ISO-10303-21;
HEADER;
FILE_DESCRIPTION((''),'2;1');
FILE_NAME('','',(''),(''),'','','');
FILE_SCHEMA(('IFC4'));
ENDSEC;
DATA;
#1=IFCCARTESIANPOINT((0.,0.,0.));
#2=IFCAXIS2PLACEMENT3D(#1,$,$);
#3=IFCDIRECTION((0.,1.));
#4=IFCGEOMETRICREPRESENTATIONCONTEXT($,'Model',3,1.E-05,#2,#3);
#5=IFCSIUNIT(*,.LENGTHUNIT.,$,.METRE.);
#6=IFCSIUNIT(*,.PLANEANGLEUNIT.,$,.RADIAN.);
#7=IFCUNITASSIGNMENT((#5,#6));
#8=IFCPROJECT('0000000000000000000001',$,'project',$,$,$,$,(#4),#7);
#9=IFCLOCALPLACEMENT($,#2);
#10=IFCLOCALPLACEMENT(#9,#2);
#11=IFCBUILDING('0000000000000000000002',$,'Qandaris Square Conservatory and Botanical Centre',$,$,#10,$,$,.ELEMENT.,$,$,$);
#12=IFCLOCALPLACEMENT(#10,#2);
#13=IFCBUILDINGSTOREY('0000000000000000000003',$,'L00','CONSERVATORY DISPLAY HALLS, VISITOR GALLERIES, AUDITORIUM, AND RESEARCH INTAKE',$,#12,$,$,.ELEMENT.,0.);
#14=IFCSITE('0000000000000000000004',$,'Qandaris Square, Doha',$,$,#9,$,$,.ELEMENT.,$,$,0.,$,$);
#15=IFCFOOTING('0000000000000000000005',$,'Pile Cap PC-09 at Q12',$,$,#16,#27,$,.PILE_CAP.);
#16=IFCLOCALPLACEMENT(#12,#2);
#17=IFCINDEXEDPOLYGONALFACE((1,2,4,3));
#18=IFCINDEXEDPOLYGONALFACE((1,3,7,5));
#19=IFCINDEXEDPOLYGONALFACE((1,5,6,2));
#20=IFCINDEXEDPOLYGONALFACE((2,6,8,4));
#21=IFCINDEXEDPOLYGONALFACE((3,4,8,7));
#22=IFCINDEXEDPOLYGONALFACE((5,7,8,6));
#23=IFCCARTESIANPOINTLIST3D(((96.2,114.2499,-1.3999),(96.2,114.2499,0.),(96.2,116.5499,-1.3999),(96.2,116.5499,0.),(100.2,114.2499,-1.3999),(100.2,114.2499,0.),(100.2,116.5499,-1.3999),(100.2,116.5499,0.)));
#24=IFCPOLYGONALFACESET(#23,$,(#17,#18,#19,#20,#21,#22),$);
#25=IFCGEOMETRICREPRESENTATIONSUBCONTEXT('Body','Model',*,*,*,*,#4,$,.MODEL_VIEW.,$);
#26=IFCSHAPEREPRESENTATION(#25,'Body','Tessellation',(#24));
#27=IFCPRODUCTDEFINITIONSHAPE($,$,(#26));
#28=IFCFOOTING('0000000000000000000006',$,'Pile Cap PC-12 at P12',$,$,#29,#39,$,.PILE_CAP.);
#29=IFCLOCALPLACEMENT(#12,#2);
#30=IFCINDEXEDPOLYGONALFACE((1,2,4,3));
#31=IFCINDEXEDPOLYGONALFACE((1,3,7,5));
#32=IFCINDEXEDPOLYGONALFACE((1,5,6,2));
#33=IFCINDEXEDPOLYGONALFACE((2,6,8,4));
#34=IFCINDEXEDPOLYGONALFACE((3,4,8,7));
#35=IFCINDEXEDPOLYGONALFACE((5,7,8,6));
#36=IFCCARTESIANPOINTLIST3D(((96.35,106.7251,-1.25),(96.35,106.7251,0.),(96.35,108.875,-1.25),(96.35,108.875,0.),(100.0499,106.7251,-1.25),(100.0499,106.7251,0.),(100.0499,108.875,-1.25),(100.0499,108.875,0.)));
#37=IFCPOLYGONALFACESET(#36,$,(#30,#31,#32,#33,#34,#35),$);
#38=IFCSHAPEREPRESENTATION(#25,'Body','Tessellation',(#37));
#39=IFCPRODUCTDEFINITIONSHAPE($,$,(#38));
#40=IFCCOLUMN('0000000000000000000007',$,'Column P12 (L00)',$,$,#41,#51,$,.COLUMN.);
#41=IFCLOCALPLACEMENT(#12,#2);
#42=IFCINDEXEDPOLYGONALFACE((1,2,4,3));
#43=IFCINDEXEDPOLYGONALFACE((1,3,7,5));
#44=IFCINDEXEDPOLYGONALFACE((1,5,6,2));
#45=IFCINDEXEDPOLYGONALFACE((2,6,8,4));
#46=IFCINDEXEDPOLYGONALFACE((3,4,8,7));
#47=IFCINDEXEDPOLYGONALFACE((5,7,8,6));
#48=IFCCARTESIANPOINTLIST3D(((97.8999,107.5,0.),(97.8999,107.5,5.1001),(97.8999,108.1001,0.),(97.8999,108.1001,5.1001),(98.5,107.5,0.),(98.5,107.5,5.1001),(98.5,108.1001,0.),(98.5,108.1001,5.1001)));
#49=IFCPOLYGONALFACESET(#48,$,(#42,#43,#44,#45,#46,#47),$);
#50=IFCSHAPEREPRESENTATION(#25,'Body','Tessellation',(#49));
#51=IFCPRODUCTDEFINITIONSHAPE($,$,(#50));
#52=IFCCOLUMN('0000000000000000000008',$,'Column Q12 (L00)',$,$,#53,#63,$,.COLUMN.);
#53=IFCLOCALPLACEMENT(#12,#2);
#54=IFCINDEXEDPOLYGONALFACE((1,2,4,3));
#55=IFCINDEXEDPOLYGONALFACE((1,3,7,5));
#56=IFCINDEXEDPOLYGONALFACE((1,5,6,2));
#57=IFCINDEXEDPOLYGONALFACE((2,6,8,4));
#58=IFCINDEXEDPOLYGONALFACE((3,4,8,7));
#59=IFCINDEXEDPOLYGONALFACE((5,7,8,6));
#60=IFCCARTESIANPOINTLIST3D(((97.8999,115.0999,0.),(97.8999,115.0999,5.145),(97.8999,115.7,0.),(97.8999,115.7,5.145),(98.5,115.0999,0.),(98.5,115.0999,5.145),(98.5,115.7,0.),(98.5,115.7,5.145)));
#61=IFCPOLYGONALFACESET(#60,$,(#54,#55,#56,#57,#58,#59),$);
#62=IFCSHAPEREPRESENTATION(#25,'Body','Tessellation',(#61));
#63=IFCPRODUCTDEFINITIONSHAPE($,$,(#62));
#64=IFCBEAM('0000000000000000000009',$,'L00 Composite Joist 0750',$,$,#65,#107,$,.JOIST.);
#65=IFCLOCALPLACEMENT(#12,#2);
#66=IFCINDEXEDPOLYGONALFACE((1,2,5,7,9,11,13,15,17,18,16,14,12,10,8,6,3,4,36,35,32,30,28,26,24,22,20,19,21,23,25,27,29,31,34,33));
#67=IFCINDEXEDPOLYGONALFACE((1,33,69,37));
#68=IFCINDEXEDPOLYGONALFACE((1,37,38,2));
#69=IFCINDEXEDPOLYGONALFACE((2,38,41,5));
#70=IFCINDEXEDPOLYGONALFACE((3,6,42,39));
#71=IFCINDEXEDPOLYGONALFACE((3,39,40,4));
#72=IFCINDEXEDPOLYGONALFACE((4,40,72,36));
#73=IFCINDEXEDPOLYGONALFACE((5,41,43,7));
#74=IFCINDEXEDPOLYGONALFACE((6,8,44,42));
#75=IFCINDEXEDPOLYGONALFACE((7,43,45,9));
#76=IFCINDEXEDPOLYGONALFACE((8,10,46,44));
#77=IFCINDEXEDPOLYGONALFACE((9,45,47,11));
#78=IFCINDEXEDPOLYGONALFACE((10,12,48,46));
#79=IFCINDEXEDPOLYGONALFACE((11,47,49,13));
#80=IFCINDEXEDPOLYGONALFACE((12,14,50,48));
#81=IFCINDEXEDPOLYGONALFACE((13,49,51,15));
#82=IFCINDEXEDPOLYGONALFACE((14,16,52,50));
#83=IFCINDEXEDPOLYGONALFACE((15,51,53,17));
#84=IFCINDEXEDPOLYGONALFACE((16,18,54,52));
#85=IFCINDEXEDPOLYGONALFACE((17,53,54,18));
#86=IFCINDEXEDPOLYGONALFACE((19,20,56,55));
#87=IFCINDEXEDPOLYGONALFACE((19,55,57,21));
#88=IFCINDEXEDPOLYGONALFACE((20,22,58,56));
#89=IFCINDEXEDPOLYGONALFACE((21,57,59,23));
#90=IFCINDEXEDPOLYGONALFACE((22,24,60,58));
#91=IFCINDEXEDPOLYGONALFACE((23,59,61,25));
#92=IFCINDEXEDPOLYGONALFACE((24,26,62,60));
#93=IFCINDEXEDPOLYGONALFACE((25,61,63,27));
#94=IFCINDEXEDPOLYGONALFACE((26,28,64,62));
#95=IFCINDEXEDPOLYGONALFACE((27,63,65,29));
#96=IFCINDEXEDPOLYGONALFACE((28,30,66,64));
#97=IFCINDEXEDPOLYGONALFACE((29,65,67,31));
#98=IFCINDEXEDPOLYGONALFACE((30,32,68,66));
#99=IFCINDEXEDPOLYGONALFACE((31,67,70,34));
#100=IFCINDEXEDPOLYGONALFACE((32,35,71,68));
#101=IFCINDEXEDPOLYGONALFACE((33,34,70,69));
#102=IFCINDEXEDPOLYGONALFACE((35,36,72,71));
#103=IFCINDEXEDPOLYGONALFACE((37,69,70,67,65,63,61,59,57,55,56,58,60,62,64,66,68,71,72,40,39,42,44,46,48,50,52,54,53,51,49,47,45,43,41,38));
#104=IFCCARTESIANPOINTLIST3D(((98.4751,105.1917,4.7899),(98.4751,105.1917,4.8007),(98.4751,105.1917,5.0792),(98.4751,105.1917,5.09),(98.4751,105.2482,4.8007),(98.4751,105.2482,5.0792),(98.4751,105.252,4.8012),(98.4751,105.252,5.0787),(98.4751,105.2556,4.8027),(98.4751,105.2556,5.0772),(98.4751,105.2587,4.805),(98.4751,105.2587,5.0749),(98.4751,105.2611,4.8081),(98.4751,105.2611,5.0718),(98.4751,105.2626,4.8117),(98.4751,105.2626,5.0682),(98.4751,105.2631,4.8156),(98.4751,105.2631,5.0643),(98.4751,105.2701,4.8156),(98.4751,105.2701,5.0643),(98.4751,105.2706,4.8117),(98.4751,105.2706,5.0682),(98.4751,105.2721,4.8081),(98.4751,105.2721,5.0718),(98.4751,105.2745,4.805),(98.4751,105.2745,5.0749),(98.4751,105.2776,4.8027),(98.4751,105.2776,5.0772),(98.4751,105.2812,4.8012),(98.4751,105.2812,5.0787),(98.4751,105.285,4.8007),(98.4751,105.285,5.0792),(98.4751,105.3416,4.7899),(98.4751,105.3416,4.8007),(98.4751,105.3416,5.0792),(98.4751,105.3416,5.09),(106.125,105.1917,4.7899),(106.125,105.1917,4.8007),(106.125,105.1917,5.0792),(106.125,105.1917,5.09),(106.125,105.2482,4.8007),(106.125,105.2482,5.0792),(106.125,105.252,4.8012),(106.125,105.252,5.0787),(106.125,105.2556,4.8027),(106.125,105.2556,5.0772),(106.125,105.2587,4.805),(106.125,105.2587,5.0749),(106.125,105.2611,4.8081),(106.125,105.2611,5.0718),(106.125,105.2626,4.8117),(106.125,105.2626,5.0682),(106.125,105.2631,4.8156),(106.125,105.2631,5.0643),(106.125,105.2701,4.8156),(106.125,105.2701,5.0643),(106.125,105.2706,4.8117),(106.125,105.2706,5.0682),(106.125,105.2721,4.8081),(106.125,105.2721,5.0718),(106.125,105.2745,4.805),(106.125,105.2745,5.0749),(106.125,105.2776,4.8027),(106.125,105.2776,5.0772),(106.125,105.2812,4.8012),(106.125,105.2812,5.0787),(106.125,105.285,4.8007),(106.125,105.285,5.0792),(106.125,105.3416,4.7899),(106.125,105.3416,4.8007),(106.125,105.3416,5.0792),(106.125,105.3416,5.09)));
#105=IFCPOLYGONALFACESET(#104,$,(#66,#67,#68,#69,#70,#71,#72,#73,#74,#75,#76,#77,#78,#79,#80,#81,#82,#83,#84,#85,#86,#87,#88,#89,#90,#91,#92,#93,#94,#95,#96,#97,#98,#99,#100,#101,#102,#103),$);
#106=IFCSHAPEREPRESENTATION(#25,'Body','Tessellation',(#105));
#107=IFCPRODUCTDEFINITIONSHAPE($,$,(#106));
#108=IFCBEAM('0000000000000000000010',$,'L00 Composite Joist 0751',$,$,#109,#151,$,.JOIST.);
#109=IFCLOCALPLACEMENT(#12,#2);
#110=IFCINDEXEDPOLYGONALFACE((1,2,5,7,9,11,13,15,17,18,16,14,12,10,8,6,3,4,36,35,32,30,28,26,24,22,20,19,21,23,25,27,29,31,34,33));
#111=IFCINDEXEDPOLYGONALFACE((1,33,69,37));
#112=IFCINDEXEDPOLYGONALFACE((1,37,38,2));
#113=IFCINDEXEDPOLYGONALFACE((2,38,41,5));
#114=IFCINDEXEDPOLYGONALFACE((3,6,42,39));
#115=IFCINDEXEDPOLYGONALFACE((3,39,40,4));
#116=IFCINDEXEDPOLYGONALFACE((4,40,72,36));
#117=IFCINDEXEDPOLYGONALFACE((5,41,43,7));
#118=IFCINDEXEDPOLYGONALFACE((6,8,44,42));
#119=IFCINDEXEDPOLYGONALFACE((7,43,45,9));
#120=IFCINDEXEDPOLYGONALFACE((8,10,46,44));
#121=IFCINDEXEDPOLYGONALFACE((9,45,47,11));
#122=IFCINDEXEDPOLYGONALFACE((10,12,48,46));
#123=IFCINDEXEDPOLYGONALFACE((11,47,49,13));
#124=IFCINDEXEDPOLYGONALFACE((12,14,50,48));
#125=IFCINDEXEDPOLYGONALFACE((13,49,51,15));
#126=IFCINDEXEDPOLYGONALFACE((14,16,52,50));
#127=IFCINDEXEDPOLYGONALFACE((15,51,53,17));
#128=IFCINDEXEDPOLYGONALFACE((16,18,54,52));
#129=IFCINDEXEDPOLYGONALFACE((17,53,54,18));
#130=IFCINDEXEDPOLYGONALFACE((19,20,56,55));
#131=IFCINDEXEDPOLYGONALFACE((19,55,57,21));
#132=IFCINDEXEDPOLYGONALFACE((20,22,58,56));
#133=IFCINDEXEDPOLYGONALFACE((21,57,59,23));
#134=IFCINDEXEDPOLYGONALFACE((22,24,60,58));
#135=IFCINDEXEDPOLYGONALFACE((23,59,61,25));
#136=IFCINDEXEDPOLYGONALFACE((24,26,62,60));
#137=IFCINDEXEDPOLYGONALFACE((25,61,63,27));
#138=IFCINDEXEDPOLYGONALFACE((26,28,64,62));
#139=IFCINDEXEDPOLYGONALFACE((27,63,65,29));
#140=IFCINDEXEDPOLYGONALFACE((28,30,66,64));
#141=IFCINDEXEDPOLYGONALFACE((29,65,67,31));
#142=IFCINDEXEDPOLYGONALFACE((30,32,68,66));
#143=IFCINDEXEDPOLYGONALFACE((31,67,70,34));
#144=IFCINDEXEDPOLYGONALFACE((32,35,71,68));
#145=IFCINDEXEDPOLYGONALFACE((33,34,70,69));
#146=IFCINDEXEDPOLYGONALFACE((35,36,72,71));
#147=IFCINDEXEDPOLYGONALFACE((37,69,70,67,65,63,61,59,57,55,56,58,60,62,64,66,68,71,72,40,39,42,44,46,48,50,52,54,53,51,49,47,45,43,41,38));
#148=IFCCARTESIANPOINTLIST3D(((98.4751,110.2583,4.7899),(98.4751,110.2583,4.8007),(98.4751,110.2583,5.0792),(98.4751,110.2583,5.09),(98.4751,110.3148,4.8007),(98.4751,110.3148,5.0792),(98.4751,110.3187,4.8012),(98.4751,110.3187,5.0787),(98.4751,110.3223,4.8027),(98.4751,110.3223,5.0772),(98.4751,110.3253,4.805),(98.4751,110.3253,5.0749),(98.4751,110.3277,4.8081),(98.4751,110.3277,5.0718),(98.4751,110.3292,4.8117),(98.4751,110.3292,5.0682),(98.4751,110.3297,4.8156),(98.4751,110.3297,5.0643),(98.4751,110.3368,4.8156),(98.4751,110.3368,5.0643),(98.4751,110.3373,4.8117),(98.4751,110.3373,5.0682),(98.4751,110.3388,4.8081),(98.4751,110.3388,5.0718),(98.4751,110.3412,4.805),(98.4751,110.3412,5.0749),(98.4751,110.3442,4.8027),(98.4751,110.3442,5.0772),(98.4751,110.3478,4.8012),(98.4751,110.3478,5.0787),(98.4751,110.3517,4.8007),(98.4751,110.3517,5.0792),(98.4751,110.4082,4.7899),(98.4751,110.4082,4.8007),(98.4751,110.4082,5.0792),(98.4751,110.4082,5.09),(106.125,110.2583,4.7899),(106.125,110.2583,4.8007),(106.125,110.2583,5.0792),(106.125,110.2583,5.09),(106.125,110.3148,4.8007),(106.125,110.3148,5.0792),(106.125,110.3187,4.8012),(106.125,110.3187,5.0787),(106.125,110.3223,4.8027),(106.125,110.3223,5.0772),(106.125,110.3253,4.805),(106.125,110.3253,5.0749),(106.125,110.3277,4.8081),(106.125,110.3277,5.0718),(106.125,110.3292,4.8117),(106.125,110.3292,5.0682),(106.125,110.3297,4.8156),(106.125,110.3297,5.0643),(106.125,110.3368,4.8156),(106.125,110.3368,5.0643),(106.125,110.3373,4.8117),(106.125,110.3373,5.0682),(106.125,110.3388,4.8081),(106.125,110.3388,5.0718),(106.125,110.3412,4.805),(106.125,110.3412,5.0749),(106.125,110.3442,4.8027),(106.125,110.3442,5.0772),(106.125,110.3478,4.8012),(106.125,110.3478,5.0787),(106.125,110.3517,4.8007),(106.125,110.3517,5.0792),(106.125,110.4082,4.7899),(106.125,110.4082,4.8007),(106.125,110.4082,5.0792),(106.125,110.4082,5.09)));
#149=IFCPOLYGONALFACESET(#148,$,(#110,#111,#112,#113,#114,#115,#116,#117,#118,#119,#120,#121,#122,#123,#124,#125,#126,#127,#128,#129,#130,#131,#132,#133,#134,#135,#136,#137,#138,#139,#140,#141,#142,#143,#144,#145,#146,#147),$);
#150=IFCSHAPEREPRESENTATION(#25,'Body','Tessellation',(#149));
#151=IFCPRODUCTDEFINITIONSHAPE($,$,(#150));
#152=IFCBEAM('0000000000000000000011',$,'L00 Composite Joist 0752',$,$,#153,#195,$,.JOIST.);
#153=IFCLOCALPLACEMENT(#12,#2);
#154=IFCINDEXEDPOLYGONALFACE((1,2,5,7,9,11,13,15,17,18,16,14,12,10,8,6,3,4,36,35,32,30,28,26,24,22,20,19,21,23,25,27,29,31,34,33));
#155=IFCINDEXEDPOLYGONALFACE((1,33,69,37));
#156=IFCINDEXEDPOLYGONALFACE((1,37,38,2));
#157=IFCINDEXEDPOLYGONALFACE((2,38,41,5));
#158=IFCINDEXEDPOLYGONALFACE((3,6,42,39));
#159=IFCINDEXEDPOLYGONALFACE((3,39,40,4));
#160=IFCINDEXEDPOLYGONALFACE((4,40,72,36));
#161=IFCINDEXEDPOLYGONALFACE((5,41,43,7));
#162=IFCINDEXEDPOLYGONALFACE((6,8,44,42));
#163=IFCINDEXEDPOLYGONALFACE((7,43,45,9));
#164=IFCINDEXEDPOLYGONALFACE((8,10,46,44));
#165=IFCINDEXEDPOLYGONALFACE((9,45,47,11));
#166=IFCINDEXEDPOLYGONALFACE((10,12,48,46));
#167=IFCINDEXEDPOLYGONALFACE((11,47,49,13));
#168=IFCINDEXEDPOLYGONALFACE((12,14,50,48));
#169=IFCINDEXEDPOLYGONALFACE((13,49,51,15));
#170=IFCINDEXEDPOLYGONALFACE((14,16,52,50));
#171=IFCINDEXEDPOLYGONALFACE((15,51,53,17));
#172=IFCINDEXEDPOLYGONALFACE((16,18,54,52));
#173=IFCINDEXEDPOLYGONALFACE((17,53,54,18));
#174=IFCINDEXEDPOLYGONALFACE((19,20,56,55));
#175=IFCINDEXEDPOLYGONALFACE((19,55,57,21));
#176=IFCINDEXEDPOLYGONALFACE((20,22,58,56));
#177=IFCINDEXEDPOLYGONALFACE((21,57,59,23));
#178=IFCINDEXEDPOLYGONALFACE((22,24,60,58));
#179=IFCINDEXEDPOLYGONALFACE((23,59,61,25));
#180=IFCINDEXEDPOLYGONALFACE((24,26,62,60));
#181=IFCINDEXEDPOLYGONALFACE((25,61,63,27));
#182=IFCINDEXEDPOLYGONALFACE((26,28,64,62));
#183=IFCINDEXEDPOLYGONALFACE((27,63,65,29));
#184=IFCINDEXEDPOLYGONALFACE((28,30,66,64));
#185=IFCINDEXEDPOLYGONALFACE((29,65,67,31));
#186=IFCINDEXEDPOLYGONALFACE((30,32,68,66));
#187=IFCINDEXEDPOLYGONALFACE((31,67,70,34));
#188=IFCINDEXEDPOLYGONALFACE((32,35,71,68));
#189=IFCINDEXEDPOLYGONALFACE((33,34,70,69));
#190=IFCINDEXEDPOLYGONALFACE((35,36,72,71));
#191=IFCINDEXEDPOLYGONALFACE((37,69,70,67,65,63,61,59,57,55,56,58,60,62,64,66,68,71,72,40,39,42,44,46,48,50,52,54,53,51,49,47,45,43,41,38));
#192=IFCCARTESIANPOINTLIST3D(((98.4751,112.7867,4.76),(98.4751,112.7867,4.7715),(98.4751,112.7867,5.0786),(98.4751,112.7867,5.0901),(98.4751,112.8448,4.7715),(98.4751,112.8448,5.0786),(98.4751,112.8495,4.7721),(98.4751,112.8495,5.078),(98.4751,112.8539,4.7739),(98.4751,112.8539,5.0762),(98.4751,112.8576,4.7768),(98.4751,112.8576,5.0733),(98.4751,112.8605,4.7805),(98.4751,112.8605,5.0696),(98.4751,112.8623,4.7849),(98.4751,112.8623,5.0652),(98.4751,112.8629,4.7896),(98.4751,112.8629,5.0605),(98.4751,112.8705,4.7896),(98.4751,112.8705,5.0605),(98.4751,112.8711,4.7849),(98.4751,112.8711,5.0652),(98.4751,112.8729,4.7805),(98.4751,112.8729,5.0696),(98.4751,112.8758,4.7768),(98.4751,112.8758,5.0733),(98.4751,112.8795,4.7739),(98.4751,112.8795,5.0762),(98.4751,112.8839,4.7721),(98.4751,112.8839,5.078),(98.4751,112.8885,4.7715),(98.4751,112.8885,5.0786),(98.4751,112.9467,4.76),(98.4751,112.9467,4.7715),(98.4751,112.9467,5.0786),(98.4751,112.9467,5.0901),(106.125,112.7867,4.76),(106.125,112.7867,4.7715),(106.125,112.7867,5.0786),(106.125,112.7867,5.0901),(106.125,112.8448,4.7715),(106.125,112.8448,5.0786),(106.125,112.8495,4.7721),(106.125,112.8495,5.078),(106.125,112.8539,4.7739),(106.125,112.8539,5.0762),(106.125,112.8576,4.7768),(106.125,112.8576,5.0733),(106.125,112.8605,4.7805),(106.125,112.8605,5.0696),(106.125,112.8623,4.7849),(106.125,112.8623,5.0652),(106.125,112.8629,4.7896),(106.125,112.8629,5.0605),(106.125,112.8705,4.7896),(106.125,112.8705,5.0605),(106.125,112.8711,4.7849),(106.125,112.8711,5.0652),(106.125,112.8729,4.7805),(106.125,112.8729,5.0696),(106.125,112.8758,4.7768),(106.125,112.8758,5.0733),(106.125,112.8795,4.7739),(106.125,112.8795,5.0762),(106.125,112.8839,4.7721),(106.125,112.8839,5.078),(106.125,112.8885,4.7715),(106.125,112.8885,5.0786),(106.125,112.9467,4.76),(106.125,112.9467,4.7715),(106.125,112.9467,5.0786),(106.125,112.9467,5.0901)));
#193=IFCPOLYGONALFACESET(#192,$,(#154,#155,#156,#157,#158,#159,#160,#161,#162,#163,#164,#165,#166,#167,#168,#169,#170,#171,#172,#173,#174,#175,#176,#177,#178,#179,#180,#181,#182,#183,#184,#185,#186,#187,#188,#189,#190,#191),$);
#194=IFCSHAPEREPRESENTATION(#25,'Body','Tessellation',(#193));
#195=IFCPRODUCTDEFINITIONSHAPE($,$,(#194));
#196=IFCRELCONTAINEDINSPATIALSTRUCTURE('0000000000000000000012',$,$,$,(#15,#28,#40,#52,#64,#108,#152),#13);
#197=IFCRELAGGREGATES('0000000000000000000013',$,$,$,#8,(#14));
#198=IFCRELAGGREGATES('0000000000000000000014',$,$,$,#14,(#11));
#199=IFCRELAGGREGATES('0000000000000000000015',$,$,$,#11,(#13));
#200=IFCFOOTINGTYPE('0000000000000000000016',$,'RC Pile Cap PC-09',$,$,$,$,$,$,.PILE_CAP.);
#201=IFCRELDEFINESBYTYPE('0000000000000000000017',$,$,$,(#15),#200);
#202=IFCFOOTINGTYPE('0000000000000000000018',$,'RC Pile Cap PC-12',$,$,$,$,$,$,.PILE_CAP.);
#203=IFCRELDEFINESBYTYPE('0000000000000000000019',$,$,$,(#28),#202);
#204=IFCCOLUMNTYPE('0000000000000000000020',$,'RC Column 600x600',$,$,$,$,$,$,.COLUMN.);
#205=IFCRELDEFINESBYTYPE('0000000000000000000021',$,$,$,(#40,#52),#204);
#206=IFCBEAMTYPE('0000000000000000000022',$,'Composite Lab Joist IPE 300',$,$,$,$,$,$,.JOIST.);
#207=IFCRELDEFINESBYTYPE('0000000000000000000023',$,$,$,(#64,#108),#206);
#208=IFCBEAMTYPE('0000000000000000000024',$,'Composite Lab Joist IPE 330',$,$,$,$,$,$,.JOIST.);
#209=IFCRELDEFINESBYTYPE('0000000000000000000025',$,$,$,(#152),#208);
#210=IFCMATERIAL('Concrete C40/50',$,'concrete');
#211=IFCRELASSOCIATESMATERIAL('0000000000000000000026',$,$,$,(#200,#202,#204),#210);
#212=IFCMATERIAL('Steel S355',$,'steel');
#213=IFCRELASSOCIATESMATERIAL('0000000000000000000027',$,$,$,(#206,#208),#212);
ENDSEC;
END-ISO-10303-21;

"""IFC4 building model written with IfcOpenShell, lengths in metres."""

from ifc_helpers import new_model, si_unit, direction, frame, origin, origin_2d, place, context, subcontext, project, spatial, rectangle, i_section, extrude, material, material_profile, profile_set, type_object, element, save


model = new_model("IFC4")

# Units and contexts
model_context = context("Model", 3, precision=1e-05, world=origin(), true_north=direction((0.0, 1.0)))
body_context = subcontext(model_context, "Body", "Model", "MODEL_VIEW")
ifc_project = project(units=[si_unit("LENGTHUNIT", "METRE"), si_unit("PLANEANGLEUNIT", "RADIAN")], contexts=[model_context])

# Site, building, storey
site_placement = place(None, origin())
site = spatial("IfcSite", under=ifc_project, at=site_placement, Name="Qandaris Square, Doha", CompositionType="ELEMENT", RefElevation=0.0)
building_placement = place(site_placement, origin())
building = spatial("IfcBuilding", under=site, at=building_placement, Name="Qandaris Square Conservatory and Botanical Centre", CompositionType="ELEMENT")
storey_placement = place(building_placement, origin())
storey = spatial("IfcBuildingStorey", under=building, at=storey_placement, Name="L00", Description="CONSERVATORY DISPLAY HALLS, VISITOR GALLERIES, AUDITORIUM, AND RESEARCH INTAKE", CompositionType="ELEMENT", Elevation=0.0)

# Footings
ifc_material_1 = material(Name="Concrete C40/50", Category="concrete")
footing_type_1 = type_object("IfcFootingType", Name="RC Pile Cap PC-09", PredefinedType="PILE_CAP", material=ifc_material_1)
footing_1_placement = place(storey_placement, frame((98.2, 115.3999, -1.3999), z_axis=(0.0, 0.0, 1.0), x_axis=(1.0, 0.0, 0.0)))
element("IfcFooting", 1, at=footing_1_placement, inside=storey, type_object=footing_type_1, Name="Pile Cap PC-09 at Q12", PredefinedType="PILE_CAP", context=body_context, shape_type="SweptSolid", body=[
    extrude(rectangle(XDim=4.0, YDim=2.3, at=origin_2d()), origin(), (0.0, 0.0, 1.0), 1.3999),
])
footing_type_2 = type_object("IfcFootingType", Name="RC Pile Cap PC-12", PredefinedType="PILE_CAP", material=ifc_material_1)
footing_2_placement = place(storey_placement, frame((98.2, 107.8, -1.25), z_axis=(0.0, 0.0, 1.0), x_axis=(1.0, 0.0, 0.0)))
element("IfcFooting", 2, at=footing_2_placement, inside=storey, type_object=footing_type_2, Name="Pile Cap PC-12 at P12", PredefinedType="PILE_CAP", context=body_context, shape_type="SweptSolid", body=[
    extrude(rectangle(XDim=3.7, YDim=2.1499, at=origin_2d()), origin(), (0.0, 0.0, 1.0), 1.25),
])

# Columns
ifc_material_profile_1 = material_profile(ifc_material_1, rectangle(XDim=0.6001, YDim=0.6001, at=origin_2d()), Name="RC-COL 600x600")
ifc_profile_set_1 = profile_set([ifc_material_profile_1], Name="Concrete C40/50")
column_type = type_object("IfcColumnType", Name="RC Column 600x600", PredefinedType="COLUMN", material=ifc_profile_set_1)
column_1_placement = place(storey_placement, frame((98.2, 107.8, 0.0), z_axis=(0.0, 0.0, 1.0), x_axis=(1.0, 0.0, 0.0)))
element("IfcColumn", 3, at=column_1_placement, inside=storey, type_object=column_type, Name="Column P12 (L00)", PredefinedType="COLUMN", context=body_context, shape_type="SweptSolid", body=[
    extrude(rectangle(XDim=0.6001, YDim=0.6001, at=origin_2d()), origin(), (0.0, 0.0, 1.0), 5.1001),
])
column_2_placement = place(storey_placement, frame((98.2, 115.3999, 0.0), z_axis=(0.0, 0.0, 1.0), x_axis=(1.0, 0.0, 0.0)))
element("IfcColumn", 4, at=column_2_placement, inside=storey, type_object=column_type, Name="Column Q12 (L00)", PredefinedType="COLUMN", context=body_context, shape_type="SweptSolid", body=[
    extrude(rectangle(XDim=0.6001, YDim=0.6001, at=origin_2d()), origin(), (0.0, 0.0, 1.0), 5.145),
])

# Beams
ifc_material_2 = material(Name="Steel S355", Category="steel")
ifc_material_profile_2 = material_profile(ifc_material_2, i_section(OverallWidth=0.1499, OverallDepth=0.3, WebThickness=0.0071, FlangeThickness=0.0107, FilletRadius=0.0149, at=origin_2d()), Name="IPE 300")
ifc_profile_set_2 = profile_set([ifc_material_profile_2], Name="Steel S355")
beam_type_1 = type_object("IfcBeamType", Name="Composite Lab Joist IPE 300", PredefinedType="JOIST", material=ifc_profile_set_2)
for number, where, z_axis, x_axis, name in (
    (5, (98.4751, 105.2666, 4.9399), (1.0, 0.0, 0.0), (0.0, 1.0, 0.0), "L00 Composite Joist 0750"),
    (6, (98.4751, 110.3333, 4.9399), (1.0, 0.0, 0.0), (0.0, 1.0, 0.0), "L00 Composite Joist 0751"),
):
    element("IfcBeam", number, at=place(storey_placement, frame(where, z_axis=z_axis, x_axis=x_axis)), inside=storey, type_object=beam_type_1, Name=name, PredefinedType="JOIST", context=body_context, shape_type="SweptSolid", body=[
        extrude(i_section(OverallWidth=0.1499, OverallDepth=0.3, WebThickness=0.0071, FlangeThickness=0.0107, FilletRadius=0.0149, at=origin_2d()), origin(), (0.0, 0.0, 1.0), 7.6499),
    ])
ifc_material_profile_3 = material_profile(ifc_material_2, i_section(OverallWidth=0.1599, OverallDepth=0.3301, WebThickness=0.0076, FlangeThickness=0.0115, FilletRadius=0.0181, at=origin_2d()), Name="IPE 330")
ifc_profile_set_3 = profile_set([ifc_material_profile_3], Name="Steel S355")
beam_type_2 = type_object("IfcBeamType", Name="Composite Lab Joist IPE 330", PredefinedType="JOIST", material=ifc_profile_set_3)
beam_1_placement = place(storey_placement, frame((98.4751, 112.8667, 4.925), z_axis=(1.0, 0.0, 0.0), x_axis=(0.0, 1.0, 0.0)))
element("IfcBeam", 7, at=beam_1_placement, inside=storey, type_object=beam_type_2, Name="L00 Composite Joist 0752", PredefinedType="JOIST", context=body_context, shape_type="SweptSolid", body=[
    extrude(i_section(OverallWidth=0.1599, OverallDepth=0.3301, WebThickness=0.0076, FlangeThickness=0.0115, FilletRadius=0.0181, at=origin_2d()), origin(), (0.0, 0.0, 1.0), 7.6499),
])

save(model, "model.ifc")
